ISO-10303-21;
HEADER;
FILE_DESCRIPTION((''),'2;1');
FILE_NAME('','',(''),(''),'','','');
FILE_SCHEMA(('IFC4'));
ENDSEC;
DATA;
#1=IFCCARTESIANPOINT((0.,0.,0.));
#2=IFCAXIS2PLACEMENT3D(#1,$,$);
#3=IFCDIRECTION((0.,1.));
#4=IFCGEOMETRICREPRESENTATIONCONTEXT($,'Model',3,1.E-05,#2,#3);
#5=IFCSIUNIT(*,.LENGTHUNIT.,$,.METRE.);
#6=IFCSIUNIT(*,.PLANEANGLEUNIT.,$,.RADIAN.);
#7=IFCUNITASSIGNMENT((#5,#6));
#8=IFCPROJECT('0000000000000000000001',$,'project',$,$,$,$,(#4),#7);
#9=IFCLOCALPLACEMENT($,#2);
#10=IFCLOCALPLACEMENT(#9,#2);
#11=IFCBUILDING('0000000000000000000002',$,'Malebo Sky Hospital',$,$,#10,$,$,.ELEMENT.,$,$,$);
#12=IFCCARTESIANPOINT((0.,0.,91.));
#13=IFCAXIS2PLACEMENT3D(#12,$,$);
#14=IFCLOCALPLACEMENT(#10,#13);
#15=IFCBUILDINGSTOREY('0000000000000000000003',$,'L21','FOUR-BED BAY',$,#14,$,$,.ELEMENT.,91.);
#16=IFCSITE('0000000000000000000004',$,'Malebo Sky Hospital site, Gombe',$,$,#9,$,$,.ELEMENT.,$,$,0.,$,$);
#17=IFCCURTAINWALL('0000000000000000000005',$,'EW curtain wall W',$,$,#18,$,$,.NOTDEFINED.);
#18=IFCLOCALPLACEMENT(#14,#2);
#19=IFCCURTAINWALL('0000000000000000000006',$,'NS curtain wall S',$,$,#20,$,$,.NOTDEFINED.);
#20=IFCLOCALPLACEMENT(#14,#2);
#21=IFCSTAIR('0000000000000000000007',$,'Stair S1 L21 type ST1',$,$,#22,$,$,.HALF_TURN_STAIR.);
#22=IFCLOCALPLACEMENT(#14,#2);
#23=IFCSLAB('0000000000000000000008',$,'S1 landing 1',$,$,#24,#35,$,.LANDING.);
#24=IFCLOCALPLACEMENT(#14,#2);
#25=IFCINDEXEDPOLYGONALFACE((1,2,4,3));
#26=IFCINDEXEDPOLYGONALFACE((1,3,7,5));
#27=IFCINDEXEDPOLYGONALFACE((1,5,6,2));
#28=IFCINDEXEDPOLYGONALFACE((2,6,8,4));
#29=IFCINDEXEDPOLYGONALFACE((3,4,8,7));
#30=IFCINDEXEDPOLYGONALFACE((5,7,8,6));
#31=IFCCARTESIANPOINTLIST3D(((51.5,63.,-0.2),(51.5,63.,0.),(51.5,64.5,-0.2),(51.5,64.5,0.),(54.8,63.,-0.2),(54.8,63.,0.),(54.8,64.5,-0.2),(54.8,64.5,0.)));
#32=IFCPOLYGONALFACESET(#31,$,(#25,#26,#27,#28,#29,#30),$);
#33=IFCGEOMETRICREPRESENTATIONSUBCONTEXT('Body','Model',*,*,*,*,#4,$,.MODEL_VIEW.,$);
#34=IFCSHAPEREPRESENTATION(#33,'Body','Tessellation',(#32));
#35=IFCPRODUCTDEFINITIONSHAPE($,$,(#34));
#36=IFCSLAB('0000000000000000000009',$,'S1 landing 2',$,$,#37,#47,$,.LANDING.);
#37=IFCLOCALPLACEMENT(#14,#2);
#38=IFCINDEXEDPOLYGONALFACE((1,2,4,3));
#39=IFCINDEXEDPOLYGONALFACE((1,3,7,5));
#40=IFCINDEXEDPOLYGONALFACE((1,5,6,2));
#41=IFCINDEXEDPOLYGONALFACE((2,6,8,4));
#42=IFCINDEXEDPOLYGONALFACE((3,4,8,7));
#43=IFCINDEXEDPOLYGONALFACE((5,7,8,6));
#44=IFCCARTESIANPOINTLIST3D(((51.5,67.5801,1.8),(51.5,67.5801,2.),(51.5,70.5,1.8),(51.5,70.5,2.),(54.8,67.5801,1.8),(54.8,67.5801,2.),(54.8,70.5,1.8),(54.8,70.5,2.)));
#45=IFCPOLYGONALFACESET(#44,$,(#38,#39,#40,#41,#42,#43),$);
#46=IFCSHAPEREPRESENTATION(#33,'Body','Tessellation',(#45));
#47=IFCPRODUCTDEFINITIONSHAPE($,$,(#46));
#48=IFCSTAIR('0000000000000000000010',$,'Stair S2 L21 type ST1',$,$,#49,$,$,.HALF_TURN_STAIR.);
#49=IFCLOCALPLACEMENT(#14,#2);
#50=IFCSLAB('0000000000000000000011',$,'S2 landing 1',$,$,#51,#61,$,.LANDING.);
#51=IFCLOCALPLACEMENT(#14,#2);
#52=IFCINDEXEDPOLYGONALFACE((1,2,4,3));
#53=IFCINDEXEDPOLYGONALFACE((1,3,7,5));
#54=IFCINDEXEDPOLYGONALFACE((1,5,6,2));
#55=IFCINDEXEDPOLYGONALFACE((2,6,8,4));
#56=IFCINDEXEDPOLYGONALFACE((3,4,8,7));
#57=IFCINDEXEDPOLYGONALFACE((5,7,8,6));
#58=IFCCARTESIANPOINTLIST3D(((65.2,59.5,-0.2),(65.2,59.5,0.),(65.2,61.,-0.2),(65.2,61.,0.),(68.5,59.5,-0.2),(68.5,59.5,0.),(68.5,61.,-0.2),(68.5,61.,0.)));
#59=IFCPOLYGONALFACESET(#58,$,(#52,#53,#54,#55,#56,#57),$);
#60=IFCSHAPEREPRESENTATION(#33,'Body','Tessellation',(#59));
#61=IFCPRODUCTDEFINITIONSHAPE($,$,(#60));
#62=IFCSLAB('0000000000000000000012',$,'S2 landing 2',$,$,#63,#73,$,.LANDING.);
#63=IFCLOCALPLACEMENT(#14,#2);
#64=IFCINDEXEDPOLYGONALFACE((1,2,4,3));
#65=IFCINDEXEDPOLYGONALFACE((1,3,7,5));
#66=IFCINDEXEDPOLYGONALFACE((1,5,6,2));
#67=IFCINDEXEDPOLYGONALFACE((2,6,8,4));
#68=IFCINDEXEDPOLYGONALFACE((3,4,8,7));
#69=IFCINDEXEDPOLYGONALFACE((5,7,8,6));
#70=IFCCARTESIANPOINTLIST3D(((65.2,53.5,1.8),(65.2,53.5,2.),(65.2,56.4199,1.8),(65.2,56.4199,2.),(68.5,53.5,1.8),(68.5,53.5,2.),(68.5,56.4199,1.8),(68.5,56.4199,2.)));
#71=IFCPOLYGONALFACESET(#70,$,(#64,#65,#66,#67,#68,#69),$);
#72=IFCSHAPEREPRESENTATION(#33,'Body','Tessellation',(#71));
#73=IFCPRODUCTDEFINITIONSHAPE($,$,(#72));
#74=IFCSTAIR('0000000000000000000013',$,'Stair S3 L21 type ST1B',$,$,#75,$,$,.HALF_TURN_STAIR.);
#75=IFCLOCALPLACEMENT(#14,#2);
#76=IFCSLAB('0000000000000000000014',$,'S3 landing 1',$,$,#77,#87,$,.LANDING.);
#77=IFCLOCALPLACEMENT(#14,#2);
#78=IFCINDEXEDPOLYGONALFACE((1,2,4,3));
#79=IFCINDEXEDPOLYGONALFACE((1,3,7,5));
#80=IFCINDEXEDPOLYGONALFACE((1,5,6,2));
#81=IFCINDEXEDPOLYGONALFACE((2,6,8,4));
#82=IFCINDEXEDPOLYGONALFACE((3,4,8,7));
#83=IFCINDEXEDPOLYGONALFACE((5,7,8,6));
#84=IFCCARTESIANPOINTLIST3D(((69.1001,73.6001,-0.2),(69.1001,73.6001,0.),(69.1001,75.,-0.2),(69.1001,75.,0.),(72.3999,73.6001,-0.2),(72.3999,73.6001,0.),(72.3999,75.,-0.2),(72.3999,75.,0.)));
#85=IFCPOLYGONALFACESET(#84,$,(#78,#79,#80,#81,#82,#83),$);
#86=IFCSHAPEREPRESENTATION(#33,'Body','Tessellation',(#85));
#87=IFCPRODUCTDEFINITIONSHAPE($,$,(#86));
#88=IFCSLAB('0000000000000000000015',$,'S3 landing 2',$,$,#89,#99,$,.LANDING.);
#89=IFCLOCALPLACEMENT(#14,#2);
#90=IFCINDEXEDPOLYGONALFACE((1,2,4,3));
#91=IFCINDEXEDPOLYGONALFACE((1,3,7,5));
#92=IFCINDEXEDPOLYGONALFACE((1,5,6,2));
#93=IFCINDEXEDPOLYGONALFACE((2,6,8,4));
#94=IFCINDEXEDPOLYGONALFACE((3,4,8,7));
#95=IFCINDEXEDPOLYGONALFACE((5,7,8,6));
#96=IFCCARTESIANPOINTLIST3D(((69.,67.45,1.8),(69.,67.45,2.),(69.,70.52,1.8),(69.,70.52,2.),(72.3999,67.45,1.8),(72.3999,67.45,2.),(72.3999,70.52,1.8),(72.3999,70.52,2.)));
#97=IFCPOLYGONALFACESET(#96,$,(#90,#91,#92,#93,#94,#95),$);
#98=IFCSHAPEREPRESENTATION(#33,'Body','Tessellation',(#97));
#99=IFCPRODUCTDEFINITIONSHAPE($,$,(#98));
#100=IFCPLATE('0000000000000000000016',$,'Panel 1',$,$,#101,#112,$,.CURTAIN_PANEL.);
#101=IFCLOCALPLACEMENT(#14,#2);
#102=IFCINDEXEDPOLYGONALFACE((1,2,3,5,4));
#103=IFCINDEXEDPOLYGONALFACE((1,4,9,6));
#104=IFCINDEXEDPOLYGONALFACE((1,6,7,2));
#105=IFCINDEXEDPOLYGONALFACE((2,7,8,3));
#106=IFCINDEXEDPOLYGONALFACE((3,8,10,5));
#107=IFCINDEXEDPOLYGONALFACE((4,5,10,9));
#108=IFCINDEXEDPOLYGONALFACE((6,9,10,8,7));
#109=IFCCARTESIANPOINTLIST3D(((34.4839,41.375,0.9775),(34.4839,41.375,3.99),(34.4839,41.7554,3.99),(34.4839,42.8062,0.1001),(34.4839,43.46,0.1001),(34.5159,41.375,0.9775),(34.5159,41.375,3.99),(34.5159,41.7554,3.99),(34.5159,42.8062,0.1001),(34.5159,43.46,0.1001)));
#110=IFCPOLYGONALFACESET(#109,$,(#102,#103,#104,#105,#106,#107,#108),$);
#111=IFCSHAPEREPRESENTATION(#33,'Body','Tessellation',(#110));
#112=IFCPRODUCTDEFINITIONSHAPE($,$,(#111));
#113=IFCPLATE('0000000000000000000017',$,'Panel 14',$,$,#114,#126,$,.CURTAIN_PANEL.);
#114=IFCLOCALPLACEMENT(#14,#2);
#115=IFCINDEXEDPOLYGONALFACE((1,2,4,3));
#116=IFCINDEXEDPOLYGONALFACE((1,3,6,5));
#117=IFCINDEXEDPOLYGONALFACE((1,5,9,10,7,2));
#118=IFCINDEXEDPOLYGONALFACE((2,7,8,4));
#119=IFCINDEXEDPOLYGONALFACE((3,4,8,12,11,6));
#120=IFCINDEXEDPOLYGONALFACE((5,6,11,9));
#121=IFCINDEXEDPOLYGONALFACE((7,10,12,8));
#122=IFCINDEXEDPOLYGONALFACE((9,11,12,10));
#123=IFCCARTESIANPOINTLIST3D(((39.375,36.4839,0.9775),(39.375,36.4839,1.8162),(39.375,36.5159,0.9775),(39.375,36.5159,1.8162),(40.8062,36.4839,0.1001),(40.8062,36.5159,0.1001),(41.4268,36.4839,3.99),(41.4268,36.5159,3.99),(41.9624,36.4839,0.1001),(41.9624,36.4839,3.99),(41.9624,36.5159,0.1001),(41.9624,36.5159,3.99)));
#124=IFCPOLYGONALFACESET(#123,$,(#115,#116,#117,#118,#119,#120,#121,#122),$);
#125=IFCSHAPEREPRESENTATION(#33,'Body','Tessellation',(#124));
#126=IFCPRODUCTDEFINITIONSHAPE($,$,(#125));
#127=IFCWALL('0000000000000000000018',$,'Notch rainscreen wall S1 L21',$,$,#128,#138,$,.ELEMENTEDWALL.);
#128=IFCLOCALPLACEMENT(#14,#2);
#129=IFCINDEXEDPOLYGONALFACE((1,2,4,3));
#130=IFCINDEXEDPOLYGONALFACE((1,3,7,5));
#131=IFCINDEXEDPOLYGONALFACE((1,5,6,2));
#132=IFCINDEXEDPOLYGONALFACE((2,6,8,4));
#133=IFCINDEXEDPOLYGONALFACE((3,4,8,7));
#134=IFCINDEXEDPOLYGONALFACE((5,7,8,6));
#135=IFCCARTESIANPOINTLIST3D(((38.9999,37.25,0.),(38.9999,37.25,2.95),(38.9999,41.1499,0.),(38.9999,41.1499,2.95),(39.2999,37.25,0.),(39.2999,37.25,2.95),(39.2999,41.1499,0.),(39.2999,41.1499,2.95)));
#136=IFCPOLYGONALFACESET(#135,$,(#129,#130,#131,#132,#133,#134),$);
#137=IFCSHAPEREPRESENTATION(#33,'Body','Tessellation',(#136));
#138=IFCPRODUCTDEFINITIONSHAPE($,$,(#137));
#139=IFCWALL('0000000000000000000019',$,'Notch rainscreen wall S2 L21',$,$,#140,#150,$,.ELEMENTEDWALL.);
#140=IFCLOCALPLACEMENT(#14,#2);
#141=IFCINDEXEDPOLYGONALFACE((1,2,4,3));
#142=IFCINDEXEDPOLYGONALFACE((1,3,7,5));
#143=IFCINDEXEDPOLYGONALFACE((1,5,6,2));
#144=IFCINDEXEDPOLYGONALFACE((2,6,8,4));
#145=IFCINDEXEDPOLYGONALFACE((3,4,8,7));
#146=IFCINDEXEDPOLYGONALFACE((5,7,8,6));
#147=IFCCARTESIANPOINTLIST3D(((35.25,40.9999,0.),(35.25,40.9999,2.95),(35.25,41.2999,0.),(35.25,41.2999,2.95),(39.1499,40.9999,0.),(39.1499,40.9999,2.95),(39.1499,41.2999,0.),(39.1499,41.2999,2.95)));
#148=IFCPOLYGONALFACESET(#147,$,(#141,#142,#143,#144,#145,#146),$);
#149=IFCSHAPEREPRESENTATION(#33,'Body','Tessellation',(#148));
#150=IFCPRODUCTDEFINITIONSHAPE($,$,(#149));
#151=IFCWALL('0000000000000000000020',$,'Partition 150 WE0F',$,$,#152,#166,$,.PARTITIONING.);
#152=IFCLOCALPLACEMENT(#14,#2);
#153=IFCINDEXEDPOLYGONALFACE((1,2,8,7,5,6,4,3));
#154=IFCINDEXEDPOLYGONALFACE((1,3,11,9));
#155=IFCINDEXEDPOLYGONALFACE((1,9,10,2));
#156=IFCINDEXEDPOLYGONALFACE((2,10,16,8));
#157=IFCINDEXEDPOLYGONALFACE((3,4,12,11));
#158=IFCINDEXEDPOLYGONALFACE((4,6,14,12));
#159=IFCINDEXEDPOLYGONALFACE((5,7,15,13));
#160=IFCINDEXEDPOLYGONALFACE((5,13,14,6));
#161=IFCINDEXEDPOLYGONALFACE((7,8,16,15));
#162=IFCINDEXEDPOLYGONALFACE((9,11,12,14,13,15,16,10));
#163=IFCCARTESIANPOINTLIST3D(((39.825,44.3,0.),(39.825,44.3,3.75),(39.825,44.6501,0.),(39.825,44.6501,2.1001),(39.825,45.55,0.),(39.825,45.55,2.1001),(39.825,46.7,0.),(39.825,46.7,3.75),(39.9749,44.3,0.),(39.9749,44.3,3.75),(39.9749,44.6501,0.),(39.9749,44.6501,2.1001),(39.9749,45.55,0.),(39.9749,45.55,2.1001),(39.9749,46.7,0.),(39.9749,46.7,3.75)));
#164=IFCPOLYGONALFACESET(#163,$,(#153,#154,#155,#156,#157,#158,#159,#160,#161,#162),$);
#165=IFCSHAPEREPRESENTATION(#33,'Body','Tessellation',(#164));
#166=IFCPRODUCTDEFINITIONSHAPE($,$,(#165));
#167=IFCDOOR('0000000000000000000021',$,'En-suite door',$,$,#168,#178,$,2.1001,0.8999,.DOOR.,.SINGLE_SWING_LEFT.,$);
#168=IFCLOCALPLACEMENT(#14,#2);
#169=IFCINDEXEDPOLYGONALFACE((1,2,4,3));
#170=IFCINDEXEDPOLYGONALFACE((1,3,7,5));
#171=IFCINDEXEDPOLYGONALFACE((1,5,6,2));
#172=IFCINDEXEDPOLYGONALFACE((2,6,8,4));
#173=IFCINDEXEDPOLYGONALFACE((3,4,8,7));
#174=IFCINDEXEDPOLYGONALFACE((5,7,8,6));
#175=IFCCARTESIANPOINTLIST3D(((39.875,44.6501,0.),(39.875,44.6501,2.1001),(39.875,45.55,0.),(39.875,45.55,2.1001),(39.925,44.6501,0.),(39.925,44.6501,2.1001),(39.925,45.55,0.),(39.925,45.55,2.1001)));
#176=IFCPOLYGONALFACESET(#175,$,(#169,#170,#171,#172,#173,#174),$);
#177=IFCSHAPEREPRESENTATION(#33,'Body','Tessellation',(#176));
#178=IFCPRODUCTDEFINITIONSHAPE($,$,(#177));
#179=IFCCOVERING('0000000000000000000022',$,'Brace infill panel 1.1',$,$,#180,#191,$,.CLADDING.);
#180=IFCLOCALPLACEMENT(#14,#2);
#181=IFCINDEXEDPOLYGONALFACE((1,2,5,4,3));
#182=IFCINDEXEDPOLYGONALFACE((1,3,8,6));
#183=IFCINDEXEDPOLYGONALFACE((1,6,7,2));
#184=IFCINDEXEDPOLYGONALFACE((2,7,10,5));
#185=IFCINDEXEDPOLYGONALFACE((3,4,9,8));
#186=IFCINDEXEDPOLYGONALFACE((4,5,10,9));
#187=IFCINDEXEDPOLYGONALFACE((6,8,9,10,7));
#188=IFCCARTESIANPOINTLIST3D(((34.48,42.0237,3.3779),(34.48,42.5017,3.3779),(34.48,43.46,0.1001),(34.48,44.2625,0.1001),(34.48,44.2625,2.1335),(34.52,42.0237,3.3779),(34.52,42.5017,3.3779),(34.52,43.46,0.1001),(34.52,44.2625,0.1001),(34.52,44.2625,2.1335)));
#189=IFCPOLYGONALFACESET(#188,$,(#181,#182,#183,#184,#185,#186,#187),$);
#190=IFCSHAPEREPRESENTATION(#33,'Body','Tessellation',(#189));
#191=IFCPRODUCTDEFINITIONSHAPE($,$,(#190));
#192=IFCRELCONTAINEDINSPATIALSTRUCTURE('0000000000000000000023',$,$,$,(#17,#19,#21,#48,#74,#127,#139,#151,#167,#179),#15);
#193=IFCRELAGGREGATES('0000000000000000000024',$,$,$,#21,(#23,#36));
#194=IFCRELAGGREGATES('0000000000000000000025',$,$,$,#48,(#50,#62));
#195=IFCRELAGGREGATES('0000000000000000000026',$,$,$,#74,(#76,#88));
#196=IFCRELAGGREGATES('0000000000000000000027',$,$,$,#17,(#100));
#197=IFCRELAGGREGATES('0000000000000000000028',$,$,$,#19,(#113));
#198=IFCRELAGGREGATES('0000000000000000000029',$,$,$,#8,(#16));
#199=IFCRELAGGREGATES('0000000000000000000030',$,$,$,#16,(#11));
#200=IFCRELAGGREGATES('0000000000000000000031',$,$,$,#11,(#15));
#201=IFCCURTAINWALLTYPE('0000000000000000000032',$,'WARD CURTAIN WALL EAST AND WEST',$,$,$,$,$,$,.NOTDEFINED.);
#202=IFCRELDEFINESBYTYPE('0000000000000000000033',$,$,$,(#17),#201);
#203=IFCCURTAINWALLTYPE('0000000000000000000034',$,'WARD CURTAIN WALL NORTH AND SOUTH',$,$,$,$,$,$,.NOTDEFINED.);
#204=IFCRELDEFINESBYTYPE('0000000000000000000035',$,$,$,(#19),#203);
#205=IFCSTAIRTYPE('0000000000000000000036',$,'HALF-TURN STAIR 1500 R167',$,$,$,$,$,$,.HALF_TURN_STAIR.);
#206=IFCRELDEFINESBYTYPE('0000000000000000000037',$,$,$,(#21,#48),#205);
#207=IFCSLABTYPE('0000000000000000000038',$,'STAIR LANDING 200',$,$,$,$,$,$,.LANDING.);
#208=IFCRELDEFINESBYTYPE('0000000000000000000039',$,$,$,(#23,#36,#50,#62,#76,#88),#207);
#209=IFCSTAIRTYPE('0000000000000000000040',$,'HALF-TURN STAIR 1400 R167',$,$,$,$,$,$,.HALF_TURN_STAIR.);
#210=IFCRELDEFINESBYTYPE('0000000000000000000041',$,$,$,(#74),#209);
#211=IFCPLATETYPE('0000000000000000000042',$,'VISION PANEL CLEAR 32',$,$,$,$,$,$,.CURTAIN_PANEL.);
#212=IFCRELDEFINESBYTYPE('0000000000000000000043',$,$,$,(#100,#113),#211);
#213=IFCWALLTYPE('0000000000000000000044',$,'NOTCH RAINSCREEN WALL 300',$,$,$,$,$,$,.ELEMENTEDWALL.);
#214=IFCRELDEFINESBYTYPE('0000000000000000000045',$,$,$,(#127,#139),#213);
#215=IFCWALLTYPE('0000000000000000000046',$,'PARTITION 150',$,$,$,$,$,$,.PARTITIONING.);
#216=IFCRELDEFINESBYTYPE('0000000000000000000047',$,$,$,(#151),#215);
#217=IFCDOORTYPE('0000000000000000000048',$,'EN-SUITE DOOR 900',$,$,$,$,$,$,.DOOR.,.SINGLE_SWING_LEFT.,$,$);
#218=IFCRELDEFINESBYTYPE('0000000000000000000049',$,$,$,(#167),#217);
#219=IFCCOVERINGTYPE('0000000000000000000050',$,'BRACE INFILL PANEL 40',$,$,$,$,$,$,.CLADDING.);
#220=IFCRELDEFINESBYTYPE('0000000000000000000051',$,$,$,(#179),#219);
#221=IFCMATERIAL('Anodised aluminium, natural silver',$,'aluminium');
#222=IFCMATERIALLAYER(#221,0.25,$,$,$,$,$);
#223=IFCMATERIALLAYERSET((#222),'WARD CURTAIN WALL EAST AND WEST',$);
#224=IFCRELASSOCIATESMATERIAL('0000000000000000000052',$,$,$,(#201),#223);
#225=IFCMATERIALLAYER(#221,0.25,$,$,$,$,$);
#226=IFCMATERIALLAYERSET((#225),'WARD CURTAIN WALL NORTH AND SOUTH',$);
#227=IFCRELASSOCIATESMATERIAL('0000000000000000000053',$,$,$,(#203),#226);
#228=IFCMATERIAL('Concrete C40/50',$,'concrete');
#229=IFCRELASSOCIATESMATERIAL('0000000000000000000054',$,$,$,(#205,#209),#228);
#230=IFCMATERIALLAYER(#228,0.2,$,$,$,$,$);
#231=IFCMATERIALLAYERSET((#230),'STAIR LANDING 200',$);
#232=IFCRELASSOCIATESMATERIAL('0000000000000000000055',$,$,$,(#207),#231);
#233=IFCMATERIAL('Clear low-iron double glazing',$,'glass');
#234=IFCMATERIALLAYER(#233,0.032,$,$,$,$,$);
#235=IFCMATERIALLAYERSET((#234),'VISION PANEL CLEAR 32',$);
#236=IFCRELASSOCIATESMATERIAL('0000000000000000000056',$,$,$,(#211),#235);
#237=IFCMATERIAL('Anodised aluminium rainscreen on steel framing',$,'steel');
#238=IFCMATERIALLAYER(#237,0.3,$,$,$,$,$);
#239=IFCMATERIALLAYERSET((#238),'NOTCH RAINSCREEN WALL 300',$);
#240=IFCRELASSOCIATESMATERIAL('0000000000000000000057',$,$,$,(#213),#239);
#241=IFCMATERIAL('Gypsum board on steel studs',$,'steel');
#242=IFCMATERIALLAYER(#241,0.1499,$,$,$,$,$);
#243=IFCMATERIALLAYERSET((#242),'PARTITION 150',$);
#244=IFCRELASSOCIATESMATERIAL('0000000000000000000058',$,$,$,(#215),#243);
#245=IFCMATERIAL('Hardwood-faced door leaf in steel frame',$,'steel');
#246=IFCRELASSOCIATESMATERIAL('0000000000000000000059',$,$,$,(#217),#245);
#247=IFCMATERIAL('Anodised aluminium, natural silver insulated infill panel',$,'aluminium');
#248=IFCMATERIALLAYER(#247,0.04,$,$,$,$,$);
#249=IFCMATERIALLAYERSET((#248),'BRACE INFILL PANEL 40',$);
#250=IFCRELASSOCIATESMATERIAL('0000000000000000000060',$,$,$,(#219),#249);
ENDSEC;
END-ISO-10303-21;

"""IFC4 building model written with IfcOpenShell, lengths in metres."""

from ifc_helpers import new_model, si_unit, direction, frame, frame_2d, origin, place, context, subcontext, project, spatial, polyline, rectangle, outline, extrude, material, layer, layer_set, type_object, element, fill, aggregate, save


model = new_model("IFC4")

# Units and contexts
model_context = context("Model", 3, precision=1e-05, world=origin(), true_north=direction((0.0, 1.0)))
body_context = subcontext(model_context, "Body", "Model", "MODEL_VIEW")
ifc_project = project(units=[si_unit("LENGTHUNIT", "METRE"), si_unit("PLANEANGLEUNIT", "RADIAN")], contexts=[model_context])

# Site, building, storey
site_placement = place(None, origin())
site = spatial("IfcSite", under=ifc_project, at=site_placement, Name="Malebo Sky Hospital site, Gombe", CompositionType="ELEMENT", RefElevation=0.0)
building_placement = place(site_placement, origin())
building = spatial("IfcBuilding", under=site, at=building_placement, Name="Malebo Sky Hospital", CompositionType="ELEMENT")
storey_placement = place(building_placement, frame((0.0, 0.0, 91.0)))
storey = spatial("IfcBuildingStorey", under=building, at=storey_placement, Name="L21", Description="FOUR-BED BAY", CompositionType="ELEMENT", Elevation=91.0)

# Curtain walls
ifc_material_1 = material(Name="Anodised aluminium, natural silver", Category="aluminium")
ifc_layer_1 = layer(ifc_material_1, 0.25)
ifc_layer_set_1 = layer_set([ifc_layer_1], Name="WARD CURTAIN WALL EAST AND WEST")
curtain_wall_type_1 = type_object("IfcCurtainWallType", Name="WARD CURTAIN WALL EAST AND WEST", PredefinedType="NOTDEFINED", material=ifc_layer_set_1)
curtain_wall_1_placement = place(storey_placement, origin())
curtain_wall_1 = element("IfcCurtainWall", 1, at=curtain_wall_1_placement, inside=storey, type_object=curtain_wall_type_1, Name="EW curtain wall W", PredefinedType="NOTDEFINED")
ifc_layer_2 = layer(ifc_material_1, 0.25)
ifc_layer_set_2 = layer_set([ifc_layer_2], Name="WARD CURTAIN WALL NORTH AND SOUTH")
curtain_wall_type_2 = type_object("IfcCurtainWallType", Name="WARD CURTAIN WALL NORTH AND SOUTH", PredefinedType="NOTDEFINED", material=ifc_layer_set_2)
curtain_wall_2_placement = place(storey_placement, origin())
curtain_wall_2 = element("IfcCurtainWall", 2, at=curtain_wall_2_placement, inside=storey, type_object=curtain_wall_type_2, Name="NS curtain wall S", PredefinedType="NOTDEFINED")

# Shared definitions
ifc_material_2 = material(Name="Concrete C40/50", Category="concrete")

# Stairs, slabs
stair_type_1 = type_object("IfcStairType", Name="HALF-TURN STAIR 1500 R167", PredefinedType="HALF_TURN_STAIR", material=ifc_material_2)
stair_1_placement = place(storey_placement, origin())
stair_1 = element("IfcStair", 3, at=stair_1_placement, inside=storey, type_object=stair_type_1, Name="Stair S1 L21 type ST1", PredefinedType="HALF_TURN_STAIR")
ifc_layer_3 = layer(ifc_material_2, 0.2)
ifc_layer_set_3 = layer_set([ifc_layer_3], Name="STAIR LANDING 200")
slab_type_1 = type_object("IfcSlabType", Name="STAIR LANDING 200", PredefinedType="LANDING", material=ifc_layer_set_3)
slab_1_placement = place(storey_placement, frame((0.0, 0.0, -0.2)))
slab_1 = element("IfcSlab", 4, at=slab_1_placement, type_object=slab_type_1, Name="S1 landing 1", PredefinedType="LANDING", context=body_context, shape_type="SweptSolid", body=[
    extrude(outline(polyline([(51.5, 63.0), (54.8, 63.0), (54.8, 64.5), (51.5, 64.5), (51.5, 63.0)])), origin(), (0.0, 0.0, 1.0), 0.2),
])
slab_2_placement = place(storey_placement, frame((0.0, 0.0, 1.8)))
slab_2 = element("IfcSlab", 5, at=slab_2_placement, type_object=slab_type_1, Name="S1 landing 2", PredefinedType="LANDING", context=body_context, shape_type="SweptSolid", body=[
    extrude(outline(polyline([(51.5, 67.5801), (54.8, 67.5801), (54.8, 70.5), (51.5, 70.5), (51.5, 67.5801)])), origin(), (0.0, 0.0, 1.0), 0.2),
])
aggregate(stair_1, [slab_1, slab_2])
stair_2_placement = place(storey_placement, origin())
stair_2 = element("IfcStair", 6, at=stair_2_placement, inside=storey, type_object=stair_type_1, Name="Stair S2 L21 type ST1", PredefinedType="HALF_TURN_STAIR")
slab_3_placement = place(storey_placement, frame((0.0, 0.0, -0.2)))
slab_3 = element("IfcSlab", 7, at=slab_3_placement, type_object=slab_type_1, Name="S2 landing 1", PredefinedType="LANDING", context=body_context, shape_type="SweptSolid", body=[
    extrude(outline(polyline([(65.2, 59.5), (68.5, 59.5), (68.5, 61.0), (65.2, 61.0), (65.2, 59.5)])), origin(), (0.0, 0.0, 1.0), 0.2),
])
slab_4_placement = place(storey_placement, frame((0.0, 0.0, 1.8)))
slab_4 = element("IfcSlab", 8, at=slab_4_placement, type_object=slab_type_1, Name="S2 landing 2", PredefinedType="LANDING", context=body_context, shape_type="SweptSolid", body=[
    extrude(outline(polyline([(65.2, 53.5), (68.5, 53.5), (68.5, 56.4199), (65.2, 56.4199), (65.2, 53.5)])), origin(), (0.0, 0.0, 1.0), 0.2),
])
aggregate(stair_2, [slab_3, slab_4])
stair_type_2 = type_object("IfcStairType", Name="HALF-TURN STAIR 1400 R167", PredefinedType="HALF_TURN_STAIR", material=ifc_material_2)
stair_3_placement = place(storey_placement, origin())
stair_3 = element("IfcStair", 9, at=stair_3_placement, inside=storey, type_object=stair_type_2, Name="Stair S3 L21 type ST1B", PredefinedType="HALF_TURN_STAIR")
slab_5_placement = place(storey_placement, frame((0.0, 0.0, -0.2)))
slab_5 = element("IfcSlab", 10, at=slab_5_placement, type_object=slab_type_1, Name="S3 landing 1", PredefinedType="LANDING", context=body_context, shape_type="SweptSolid", body=[
    extrude(outline(polyline([(69.1001, 73.6001), (72.3999, 73.6001), (72.3999, 75.0), (69.1001, 75.0), (69.1001, 73.6001)])), origin(), (0.0, 0.0, 1.0), 0.2),
])
slab_6_placement = place(storey_placement, frame((0.0, 0.0, 1.8)))
slab_6 = element("IfcSlab", 11, at=slab_6_placement, type_object=slab_type_1, Name="S3 landing 2", PredefinedType="LANDING", context=body_context, shape_type="SweptSolid", body=[
    extrude(outline(polyline([(69.0, 67.45), (72.3999, 67.45), (72.3999, 70.52), (69.0, 70.52), (69.0, 67.45)])), origin(), (0.0, 0.0, 1.0), 0.2),
])
aggregate(stair_3, [slab_5, slab_6])

# Plates
ifc_material_3 = material(Name="Clear low-iron double glazing", Category="glass")
ifc_layer_4 = layer(ifc_material_3, 0.032)
ifc_layer_set_4 = layer_set([ifc_layer_4], Name="VISION PANEL CLEAR 32")
plate_type = type_object("IfcPlateType", Name="VISION PANEL CLEAR 32", PredefinedType="CURTAIN_PANEL", material=ifc_layer_set_4)
plate_1_placement = place(storey_placement, frame((34.5, 42.4175, 0.1001), z_axis=(0.0, 0.0, 1.0), x_axis=(0.0, 1.0, 0.0)))
plate_1 = element("IfcPlate", 12, at=plate_1_placement, type_object=plate_type, Name="Panel 1", PredefinedType="CURTAIN_PANEL", context=body_context, shape_type="SweptSolid", body=[
    extrude(outline(polyline([(0.3887, 0.0), (1.0425, 0.0), (-0.6621, 3.8899), (-1.0425, 3.8899), (-1.0425, 0.8774), (0.3887, 0.0)])), frame((0.0, 0.0161, 0.0), z_axis=(0.0, -1.0, 0.0), x_axis=(1.0, 0.0, 0.0)), (0.0, 0.0, 1.0), 0.032),
])
aggregate(curtain_wall_1, [plate_1])
plate_2_placement = place(storey_placement, frame((40.6687, 36.5, 0.1001), z_axis=(0.0, 0.0, 1.0), x_axis=(-1.0, 0.0, 0.0)))
plate_2 = element("IfcPlate", 13, at=plate_2_placement, type_object=plate_type, Name="Panel 14", PredefinedType="CURTAIN_PANEL", context=body_context, shape_type="SweptSolid", body=[
    extrude(outline(polyline([(-1.2937, 0.0), (-0.1375, 0.0), (1.2937, 0.8774), (1.2937, 1.7161), (-0.7581, 3.8899), (-1.2937, 3.8899), (-1.2937, 0.0)])), frame((0.0, 0.0161, 0.0), z_axis=(0.0, -1.0, 0.0), x_axis=(1.0, 0.0, 0.0)), (0.0, 0.0, 1.0), 0.032),
])
aggregate(curtain_wall_2, [plate_2])

# Walls
ifc_material_4 = material(Name="Anodised aluminium rainscreen on steel framing", Category="steel")
ifc_layer_5 = layer(ifc_material_4, 0.3)
ifc_layer_set_5 = layer_set([ifc_layer_5], Name="NOTCH RAINSCREEN WALL 300")
wall_type_1 = type_object("IfcWallType", Name="NOTCH RAINSCREEN WALL 300", PredefinedType="ELEMENTEDWALL", material=ifc_layer_set_5)
for number, where, z_axis, x_axis, name in (
    (14, (39.1499, 37.25, 0.0), (0.0, 0.0, 1.0), (0.0, 1.0, 0.0), "Notch rainscreen wall S1 L21"),
    (15, (39.1499, 41.1499, 0.0), (0.0, 0.0, 1.0), (-1.0, 0.0, 0.0), "Notch rainscreen wall S2 L21"),
):
    element("IfcWall", number, at=place(storey_placement, frame(where, z_axis=z_axis, x_axis=x_axis)), inside=storey, type_object=wall_type_1, Name=name, PredefinedType="ELEMENTEDWALL", context=body_context, shape_type="SweptSolid", body=[
        extrude(rectangle(XDim=3.8999, YDim=0.3, at=frame_2d((1.95, 0.0))), origin(), (0.0, 0.0, 1.0), 2.95),
    ])

# Wall, opening, door
ifc_material_5 = material(Name="Gypsum board on steel studs", Category="steel")
ifc_layer_6 = layer(ifc_material_5, 0.1499)
ifc_layer_set_6 = layer_set([ifc_layer_6], Name="PARTITION 150")
wall_type_2 = type_object("IfcWallType", Name="PARTITION 150", PredefinedType="PARTITIONING", material=ifc_layer_set_6)
wall_placement = place(storey_placement, frame((39.8999, 44.3, 0.0), z_axis=(0.0, 0.0, 1.0), x_axis=(0.0, 1.0, 0.0)))
wall = element("IfcWall", 16, at=wall_placement, inside=storey, type_object=wall_type_2, Name="Partition 150 WE0F", PredefinedType="PARTITIONING", context=body_context, shape_type="SweptSolid", body=[
    extrude(rectangle(XDim=2.3999, YDim=0.1499, at=frame_2d((1.2, 0.0))), origin(), (0.0, 0.0, 1.0), 3.75),
])
opening_placement = place(wall_placement, frame((0.3501, 0.0, 0.0)))
opening = element("IfcOpeningElement", 17, at=opening_placement, cuts=wall, PredefinedType="OPENING", context=body_context, shape_type="SweptSolid", body=[
    extrude(rectangle(XDim=0.8999, YDim=2.1001, at=frame_2d((0.45, 1.05))), frame((0.0, 0.085, 0.0), z_axis=(0.0, -1.0, 0.0), x_axis=(1.0, 0.0, 0.0)), (0.0, 0.0, 1.0), 0.1699),
])
ifc_material_6 = material(Name="Hardwood-faced door leaf in steel frame", Category="steel")
door_type = type_object("IfcDoorType", Name="EN-SUITE DOOR 900", OperationType="SINGLE_SWING_LEFT", PredefinedType="DOOR", material=ifc_material_6)
door_placement = place(opening_placement, origin())
door = element("IfcDoor", 18, at=door_placement, inside=storey, type_object=door_type, Name="En-suite door", OperationType="SINGLE_SWING_LEFT", OverallHeight=2.1001, OverallWidth=0.8999, PredefinedType="DOOR", context=body_context, shape_type="SweptSolid", body=[
    extrude(rectangle(XDim=0.8999, YDim=2.1001, at=frame_2d((0.45, 1.05))), frame((0.0, 0.0249, 0.0), z_axis=(0.0, -1.0, 0.0), x_axis=(1.0, 0.0, 0.0)), (0.0, 0.0, 1.0), 0.05),
])
fill(opening, door)

# Covering
ifc_material_7 = material(Name="Anodised aluminium, natural silver insulated infill panel", Category="aluminium")
ifc_layer_7 = layer(ifc_material_7, 0.04)
ifc_layer_set_7 = layer_set([ifc_layer_7], Name="BRACE INFILL PANEL 40")
covering_type = type_object("IfcCoveringType", Name="BRACE INFILL PANEL 40", PredefinedType="CLADDING", material=ifc_layer_set_7)
covering_1_placement = place(storey_placement, frame((34.5, 43.1431, 0.1001), z_axis=(0.0, 0.0, 1.0), x_axis=(0.0, 1.0, 0.0)))
element("IfcCovering", 19, at=covering_1_placement, inside=storey, type_object=covering_type, Name="Brace infill panel 1.1", PredefinedType="CLADDING", context=body_context, shape_type="SweptSolid", body=[
    extrude(outline(polyline([(0.3169, 0.0), (1.1194, 0.0), (1.1194, 2.0334), (-0.6414, 3.2778), (-1.1194, 3.2778), (0.3169, 0.0)])), frame((0.0, 0.02, 0.0), z_axis=(0.0, -1.0, 0.0), x_axis=(1.0, 0.0, 0.0)), (0.0, 0.0, 1.0), 0.04),
])

save(model, "model.ifc")
